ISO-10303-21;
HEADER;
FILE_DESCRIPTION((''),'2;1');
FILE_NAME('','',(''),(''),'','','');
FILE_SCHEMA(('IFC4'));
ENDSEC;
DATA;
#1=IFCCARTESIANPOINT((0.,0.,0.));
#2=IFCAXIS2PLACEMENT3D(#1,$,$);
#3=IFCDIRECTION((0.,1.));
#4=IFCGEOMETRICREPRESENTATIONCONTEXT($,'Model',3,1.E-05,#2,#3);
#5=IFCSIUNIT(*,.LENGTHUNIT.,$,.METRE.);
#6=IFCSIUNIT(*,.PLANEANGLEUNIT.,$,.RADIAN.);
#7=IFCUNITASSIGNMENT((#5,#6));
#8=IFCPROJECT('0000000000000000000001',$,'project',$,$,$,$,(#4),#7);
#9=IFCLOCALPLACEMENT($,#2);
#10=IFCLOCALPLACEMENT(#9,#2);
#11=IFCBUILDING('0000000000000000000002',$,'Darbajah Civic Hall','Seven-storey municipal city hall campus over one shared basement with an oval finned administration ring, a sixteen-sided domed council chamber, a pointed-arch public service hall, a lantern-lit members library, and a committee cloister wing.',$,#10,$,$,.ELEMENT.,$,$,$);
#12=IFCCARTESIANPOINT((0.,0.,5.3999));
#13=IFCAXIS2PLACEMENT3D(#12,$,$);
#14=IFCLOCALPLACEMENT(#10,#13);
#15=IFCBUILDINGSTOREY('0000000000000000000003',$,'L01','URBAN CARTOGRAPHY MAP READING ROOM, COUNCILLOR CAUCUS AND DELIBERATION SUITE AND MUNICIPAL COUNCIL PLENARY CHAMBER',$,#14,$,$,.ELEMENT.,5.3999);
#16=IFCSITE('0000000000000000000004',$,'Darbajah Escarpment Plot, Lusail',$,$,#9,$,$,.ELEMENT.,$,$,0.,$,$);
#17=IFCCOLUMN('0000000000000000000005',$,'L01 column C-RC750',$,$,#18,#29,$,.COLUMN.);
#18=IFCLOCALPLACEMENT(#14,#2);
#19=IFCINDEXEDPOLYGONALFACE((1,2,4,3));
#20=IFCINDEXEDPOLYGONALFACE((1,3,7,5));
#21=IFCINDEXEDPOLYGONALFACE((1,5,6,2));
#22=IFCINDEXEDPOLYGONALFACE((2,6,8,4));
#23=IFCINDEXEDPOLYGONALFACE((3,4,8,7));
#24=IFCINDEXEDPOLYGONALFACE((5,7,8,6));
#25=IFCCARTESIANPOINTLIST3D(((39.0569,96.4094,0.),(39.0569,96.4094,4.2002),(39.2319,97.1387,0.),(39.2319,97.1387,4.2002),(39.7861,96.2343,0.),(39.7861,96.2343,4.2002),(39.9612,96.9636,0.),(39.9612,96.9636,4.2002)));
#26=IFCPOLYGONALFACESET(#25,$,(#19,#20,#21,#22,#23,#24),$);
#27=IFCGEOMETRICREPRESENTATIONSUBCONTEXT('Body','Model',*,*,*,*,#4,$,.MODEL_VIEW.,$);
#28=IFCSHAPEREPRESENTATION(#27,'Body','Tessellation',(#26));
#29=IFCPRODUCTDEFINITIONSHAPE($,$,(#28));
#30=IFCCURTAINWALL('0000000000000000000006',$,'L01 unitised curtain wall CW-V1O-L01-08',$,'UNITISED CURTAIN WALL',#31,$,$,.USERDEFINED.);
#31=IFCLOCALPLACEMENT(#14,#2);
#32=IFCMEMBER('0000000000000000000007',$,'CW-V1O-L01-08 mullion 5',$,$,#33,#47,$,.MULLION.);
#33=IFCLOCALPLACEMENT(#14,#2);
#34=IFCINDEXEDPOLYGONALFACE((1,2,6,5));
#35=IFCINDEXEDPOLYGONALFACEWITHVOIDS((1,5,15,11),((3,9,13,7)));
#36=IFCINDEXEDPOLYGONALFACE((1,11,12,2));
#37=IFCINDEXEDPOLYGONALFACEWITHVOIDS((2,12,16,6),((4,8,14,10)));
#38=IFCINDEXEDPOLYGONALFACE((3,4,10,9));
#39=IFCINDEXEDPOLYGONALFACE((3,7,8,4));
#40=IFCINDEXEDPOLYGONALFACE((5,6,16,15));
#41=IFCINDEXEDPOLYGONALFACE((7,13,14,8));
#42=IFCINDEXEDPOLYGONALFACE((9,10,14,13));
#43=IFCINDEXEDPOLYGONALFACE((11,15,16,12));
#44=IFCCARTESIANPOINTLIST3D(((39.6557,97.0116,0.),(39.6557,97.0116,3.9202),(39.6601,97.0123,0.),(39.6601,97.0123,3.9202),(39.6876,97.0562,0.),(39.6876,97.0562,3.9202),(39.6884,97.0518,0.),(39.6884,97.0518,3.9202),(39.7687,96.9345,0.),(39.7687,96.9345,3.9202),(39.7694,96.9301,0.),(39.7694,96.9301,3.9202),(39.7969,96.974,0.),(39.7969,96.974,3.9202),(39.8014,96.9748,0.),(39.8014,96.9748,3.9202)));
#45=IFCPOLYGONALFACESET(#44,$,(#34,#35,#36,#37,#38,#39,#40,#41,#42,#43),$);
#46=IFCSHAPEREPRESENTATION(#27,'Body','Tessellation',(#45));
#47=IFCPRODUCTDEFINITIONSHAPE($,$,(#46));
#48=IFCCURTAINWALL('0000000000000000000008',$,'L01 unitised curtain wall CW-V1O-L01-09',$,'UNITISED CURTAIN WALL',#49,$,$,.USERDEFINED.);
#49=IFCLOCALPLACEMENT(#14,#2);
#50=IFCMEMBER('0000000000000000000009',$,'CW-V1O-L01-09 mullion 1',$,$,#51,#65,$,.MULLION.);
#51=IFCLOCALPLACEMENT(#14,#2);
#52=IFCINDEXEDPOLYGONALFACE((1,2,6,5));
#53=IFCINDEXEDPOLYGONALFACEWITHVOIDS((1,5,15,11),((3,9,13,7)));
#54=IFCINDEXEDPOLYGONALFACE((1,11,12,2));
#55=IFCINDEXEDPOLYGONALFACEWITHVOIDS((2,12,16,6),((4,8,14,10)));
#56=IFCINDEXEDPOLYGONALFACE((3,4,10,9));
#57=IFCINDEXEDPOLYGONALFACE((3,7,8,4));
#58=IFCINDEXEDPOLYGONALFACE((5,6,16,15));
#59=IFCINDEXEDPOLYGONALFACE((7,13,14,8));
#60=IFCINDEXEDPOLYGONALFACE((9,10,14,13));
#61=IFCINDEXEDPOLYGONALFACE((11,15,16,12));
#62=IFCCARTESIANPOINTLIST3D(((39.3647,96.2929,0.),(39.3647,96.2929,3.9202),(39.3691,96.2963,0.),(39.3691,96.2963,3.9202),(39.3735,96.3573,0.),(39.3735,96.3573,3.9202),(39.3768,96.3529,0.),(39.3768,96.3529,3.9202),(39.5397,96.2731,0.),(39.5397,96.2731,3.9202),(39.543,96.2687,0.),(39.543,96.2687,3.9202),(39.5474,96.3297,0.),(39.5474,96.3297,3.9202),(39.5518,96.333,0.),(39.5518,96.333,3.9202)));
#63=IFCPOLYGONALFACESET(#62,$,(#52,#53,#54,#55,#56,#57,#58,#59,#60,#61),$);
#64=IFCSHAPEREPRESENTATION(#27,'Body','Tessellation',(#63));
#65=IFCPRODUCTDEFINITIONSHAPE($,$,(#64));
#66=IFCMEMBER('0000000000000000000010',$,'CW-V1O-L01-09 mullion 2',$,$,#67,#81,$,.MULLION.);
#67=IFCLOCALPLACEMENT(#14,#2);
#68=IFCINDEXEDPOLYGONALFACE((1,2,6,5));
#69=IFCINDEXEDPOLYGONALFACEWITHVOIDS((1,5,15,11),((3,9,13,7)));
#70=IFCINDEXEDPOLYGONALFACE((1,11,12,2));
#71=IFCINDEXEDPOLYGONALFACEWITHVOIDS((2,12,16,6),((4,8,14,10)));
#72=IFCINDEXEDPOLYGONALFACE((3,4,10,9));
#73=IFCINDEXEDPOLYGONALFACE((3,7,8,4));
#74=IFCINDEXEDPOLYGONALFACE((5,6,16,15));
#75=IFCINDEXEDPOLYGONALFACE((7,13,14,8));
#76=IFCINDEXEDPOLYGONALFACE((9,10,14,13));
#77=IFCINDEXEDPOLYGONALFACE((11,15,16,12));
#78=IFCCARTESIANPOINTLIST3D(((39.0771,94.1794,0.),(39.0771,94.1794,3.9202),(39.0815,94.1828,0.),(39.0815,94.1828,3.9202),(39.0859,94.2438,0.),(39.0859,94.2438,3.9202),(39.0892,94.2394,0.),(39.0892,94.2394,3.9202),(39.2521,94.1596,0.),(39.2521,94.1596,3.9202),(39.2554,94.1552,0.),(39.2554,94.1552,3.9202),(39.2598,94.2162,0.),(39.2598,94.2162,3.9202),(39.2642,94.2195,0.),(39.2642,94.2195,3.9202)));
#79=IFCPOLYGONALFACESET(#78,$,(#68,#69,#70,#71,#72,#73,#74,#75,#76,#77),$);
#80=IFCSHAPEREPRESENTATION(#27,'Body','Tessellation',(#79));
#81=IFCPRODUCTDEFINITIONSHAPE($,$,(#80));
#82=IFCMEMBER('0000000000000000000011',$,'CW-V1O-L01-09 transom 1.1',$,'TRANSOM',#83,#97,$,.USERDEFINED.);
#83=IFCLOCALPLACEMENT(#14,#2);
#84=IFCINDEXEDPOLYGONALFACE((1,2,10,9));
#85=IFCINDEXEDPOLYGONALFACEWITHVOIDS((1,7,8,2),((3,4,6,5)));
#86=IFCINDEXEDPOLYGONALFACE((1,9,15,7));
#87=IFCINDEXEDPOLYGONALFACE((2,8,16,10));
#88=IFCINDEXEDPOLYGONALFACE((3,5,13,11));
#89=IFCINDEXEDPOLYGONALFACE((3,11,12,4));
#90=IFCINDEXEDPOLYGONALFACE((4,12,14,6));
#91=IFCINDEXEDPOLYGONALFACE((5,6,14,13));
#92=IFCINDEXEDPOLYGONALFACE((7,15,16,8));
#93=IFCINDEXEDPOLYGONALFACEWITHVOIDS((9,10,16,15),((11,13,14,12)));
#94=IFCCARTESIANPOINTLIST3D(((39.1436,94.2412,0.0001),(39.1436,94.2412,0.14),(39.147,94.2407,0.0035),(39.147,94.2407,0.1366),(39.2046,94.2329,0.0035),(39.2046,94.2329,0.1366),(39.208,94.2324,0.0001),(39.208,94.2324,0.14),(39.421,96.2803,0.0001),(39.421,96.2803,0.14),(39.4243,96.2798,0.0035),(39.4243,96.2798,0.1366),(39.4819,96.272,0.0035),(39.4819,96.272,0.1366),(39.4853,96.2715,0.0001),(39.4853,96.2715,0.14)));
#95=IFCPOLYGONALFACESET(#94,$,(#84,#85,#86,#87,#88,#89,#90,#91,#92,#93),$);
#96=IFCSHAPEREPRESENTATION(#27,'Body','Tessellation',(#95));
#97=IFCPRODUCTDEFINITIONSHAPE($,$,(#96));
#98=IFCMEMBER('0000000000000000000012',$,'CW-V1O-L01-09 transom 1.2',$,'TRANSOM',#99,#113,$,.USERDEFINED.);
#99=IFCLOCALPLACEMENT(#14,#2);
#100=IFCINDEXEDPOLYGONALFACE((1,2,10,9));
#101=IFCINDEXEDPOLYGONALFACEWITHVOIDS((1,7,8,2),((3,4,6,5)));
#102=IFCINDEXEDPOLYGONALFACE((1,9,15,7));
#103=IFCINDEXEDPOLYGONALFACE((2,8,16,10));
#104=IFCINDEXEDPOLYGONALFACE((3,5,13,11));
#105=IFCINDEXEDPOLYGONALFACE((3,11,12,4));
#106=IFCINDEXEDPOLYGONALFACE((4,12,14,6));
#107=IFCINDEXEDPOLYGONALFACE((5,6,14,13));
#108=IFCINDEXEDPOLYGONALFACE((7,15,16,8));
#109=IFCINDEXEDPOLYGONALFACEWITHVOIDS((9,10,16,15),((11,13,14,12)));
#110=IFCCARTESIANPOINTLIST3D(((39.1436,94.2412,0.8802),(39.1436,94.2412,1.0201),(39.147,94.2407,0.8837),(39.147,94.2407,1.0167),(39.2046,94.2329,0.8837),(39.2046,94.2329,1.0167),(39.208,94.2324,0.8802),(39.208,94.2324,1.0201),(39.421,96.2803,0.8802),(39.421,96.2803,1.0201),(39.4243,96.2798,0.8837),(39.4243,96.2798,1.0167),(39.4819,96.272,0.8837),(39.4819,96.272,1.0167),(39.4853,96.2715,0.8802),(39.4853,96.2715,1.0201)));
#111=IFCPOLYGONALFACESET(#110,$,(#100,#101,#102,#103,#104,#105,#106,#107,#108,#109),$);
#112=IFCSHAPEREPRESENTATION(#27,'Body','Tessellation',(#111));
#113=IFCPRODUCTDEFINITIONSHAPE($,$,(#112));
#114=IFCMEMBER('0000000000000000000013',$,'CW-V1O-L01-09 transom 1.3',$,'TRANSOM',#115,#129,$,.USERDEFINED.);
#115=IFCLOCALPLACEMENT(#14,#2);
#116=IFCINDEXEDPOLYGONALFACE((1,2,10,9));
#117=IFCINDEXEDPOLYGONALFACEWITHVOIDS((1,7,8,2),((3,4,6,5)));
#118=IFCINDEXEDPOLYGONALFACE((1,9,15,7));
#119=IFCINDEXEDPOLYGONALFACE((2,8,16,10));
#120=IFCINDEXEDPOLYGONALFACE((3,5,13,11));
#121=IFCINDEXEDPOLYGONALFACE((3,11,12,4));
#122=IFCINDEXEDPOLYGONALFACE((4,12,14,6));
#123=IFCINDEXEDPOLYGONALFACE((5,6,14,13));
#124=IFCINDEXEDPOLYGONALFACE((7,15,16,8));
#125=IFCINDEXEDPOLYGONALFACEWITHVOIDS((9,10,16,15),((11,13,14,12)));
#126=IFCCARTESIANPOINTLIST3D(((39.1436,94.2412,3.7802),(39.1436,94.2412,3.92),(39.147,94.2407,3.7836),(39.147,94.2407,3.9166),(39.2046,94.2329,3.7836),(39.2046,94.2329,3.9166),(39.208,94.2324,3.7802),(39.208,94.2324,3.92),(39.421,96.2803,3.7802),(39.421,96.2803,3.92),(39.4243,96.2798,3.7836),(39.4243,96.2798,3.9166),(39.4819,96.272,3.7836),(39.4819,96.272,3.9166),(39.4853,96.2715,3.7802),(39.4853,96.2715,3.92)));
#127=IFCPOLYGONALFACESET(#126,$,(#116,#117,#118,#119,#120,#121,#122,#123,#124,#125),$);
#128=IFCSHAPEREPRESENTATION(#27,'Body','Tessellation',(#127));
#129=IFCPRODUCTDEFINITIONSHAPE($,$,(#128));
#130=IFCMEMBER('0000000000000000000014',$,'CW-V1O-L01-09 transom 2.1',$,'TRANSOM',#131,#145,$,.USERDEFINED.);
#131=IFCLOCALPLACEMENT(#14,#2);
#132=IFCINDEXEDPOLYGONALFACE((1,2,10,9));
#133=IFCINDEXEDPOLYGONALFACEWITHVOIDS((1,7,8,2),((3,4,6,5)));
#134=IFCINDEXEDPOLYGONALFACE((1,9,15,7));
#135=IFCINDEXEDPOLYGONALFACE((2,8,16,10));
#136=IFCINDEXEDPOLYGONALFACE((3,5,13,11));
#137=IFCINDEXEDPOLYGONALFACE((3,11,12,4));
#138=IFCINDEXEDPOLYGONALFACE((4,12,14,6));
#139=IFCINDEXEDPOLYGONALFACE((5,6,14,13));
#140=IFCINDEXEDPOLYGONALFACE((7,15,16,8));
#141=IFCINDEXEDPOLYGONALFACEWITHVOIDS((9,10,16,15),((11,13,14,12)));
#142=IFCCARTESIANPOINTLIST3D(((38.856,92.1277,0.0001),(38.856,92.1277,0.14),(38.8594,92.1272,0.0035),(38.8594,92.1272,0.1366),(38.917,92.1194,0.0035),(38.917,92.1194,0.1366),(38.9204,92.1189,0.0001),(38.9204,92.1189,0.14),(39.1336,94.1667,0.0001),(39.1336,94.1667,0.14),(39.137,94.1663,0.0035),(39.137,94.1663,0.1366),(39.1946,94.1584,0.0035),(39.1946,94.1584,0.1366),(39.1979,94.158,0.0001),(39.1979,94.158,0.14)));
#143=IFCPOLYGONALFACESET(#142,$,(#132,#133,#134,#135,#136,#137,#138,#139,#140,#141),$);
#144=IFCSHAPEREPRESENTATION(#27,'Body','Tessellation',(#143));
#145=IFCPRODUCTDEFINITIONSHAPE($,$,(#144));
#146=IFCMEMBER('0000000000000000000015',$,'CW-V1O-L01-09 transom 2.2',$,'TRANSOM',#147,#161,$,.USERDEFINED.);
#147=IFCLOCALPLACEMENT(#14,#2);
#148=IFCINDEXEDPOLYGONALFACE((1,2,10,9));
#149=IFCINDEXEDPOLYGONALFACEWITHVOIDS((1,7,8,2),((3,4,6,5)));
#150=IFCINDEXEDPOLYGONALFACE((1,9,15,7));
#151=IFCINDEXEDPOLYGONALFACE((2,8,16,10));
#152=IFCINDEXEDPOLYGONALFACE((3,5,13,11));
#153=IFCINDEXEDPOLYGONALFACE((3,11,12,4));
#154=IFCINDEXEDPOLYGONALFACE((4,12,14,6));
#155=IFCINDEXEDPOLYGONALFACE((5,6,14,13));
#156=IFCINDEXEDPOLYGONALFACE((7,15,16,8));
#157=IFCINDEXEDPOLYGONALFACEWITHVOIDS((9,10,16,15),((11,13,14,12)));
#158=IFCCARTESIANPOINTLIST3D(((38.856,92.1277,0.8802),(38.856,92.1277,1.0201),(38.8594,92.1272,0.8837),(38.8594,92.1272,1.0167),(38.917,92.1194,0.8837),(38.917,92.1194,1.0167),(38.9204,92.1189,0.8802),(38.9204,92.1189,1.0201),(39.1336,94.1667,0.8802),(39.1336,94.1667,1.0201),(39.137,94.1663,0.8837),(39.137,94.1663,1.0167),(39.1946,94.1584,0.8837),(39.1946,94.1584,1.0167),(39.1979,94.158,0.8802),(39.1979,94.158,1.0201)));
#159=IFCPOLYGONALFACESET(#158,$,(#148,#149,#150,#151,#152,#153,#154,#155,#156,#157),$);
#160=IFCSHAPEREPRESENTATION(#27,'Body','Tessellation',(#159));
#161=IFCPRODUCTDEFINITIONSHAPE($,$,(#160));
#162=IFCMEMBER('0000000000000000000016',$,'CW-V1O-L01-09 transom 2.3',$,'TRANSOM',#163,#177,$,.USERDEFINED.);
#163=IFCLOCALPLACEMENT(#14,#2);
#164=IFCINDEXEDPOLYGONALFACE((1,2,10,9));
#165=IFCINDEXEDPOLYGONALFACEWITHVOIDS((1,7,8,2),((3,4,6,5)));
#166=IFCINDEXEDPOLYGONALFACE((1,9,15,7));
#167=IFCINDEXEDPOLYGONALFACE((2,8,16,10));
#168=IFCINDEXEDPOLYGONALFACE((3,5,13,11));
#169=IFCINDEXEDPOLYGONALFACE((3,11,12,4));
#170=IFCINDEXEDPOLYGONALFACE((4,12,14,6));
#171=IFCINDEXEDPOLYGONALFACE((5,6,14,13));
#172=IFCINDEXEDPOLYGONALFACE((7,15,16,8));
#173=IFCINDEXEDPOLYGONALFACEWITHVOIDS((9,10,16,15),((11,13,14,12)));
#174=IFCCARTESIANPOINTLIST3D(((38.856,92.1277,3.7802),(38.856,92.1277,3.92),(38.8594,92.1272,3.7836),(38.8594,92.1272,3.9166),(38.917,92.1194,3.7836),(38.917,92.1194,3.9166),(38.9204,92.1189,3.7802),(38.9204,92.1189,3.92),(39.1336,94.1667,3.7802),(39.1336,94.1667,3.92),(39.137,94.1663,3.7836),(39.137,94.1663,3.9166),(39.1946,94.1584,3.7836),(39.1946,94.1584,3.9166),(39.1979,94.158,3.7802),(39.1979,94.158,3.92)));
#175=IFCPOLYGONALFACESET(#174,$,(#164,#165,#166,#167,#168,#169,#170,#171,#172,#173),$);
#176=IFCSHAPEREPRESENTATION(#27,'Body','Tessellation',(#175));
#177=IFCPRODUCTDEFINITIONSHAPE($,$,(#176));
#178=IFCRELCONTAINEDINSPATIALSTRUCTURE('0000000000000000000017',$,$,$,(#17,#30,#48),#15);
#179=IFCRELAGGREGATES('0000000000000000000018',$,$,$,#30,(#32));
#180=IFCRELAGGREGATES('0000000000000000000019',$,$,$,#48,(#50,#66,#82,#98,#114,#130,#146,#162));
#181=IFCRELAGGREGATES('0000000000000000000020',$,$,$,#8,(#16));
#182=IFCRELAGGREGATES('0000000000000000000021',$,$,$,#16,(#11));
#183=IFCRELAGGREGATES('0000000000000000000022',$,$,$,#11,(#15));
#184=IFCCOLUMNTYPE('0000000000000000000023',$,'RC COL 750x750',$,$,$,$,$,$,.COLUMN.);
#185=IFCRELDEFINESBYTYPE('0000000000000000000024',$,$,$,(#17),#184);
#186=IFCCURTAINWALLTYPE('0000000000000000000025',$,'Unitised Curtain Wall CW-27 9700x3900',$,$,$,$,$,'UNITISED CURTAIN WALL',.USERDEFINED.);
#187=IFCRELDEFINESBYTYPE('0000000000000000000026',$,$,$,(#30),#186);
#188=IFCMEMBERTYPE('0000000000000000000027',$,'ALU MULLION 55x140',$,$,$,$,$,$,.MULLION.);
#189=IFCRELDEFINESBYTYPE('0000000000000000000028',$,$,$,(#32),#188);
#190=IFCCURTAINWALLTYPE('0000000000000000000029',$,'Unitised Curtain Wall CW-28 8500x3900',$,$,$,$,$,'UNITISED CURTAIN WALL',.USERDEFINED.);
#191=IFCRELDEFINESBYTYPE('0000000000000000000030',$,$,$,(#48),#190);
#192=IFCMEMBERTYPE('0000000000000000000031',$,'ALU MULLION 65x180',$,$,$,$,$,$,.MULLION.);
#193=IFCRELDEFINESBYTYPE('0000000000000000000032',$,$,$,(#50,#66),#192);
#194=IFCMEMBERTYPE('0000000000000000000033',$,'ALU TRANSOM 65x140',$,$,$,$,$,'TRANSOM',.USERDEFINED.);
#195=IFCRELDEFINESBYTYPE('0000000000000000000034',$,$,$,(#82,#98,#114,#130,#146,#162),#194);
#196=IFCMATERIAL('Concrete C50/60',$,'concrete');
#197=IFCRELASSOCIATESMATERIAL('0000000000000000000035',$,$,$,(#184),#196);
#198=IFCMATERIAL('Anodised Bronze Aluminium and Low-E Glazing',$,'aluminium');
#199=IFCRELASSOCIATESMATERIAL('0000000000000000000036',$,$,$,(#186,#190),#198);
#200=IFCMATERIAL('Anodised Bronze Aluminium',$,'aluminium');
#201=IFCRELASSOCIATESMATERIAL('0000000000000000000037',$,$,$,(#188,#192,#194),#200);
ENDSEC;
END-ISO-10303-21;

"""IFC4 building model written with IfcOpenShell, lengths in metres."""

from ifc_helpers import new_model, si_unit, direction, frame, origin, origin_2d, place, context, subcontext, project, spatial, rectangle, hollow_rectangle, extrude, material, material_profile, profile_set, type_object, element, aggregate, save


model = new_model("IFC4")

# Units and contexts
model_context = context("Model", 3, precision=1e-05, world=origin(), true_north=direction((0.0, 1.0)))
body_context = subcontext(model_context, "Body", "Model", "MODEL_VIEW")
ifc_project = project(units=[si_unit("LENGTHUNIT", "METRE"), si_unit("PLANEANGLEUNIT", "RADIAN")], contexts=[model_context])

# Site, building, storey
site_placement = place(None, origin())
site = spatial("IfcSite", under=ifc_project, at=site_placement, Name="Darbajah Escarpment Plot, Lusail", CompositionType="ELEMENT", RefElevation=0.0)
building_placement = place(site_placement, origin())
building = spatial("IfcBuilding", under=site, at=building_placement, Name="Darbajah Civic Hall", Description="Seven-storey municipal city hall campus over one shared basement with an oval finned administration ring, a sixteen-sided domed council chamber, a pointed-arch public service hall, a lantern-lit members library, and a committee cloister wing.", CompositionType="ELEMENT")
storey_placement = place(building_placement, frame((0.0, 0.0, 5.3999)))
storey = spatial("IfcBuildingStorey", under=building, at=storey_placement, Name="L01", Description="URBAN CARTOGRAPHY MAP READING ROOM, COUNCILLOR CAUCUS AND DELIBERATION SUITE AND MUNICIPAL COUNCIL PLENARY CHAMBER", CompositionType="ELEMENT", Elevation=5.3999)

# Column
ifc_material_1 = material(Name="Concrete C50/60", Category="concrete")
ifc_material_profile_1 = material_profile(ifc_material_1, rectangle(XDim=0.75, YDim=0.75, at=origin_2d()), Name="RC COL 750x750")
ifc_profile_set_1 = profile_set([ifc_material_profile_1], Name="Concrete C50/60")
column_type = type_object("IfcColumnType", Name="RC COL 750x750", PredefinedType="COLUMN", material=ifc_profile_set_1)
column_placement = place(storey_placement, frame((39.509, 96.6865, 0.0), z_axis=(0.0, 0.0, 1.0), x_axis=(-0.97237, 0.233445, 0.0)))
element("IfcColumn", 1, at=column_placement, inside=storey, type_object=column_type, Name="L01 column C-RC750", PredefinedType="COLUMN", context=body_context, shape_type="SweptSolid", body=[
    extrude(rectangle(XDim=0.75, YDim=0.75, at=origin_2d()), origin(), (0.0, 0.0, 1.0), 4.2002),
])

# Curtain wall, member
ifc_material_2 = material(Name="Anodised Bronze Aluminium and Low-E Glazing", Category="aluminium")
curtain_wall_type_1 = type_object("IfcCurtainWallType", Name="Unitised Curtain Wall CW-27 9700x3900", ElementType="UNITISED CURTAIN WALL", PredefinedType="USERDEFINED", material=ifc_material_2)
curtain_wall_1_placement = place(storey_placement, origin())
curtain_wall_1 = element("IfcCurtainWall", 2, at=curtain_wall_1_placement, inside=storey, type_object=curtain_wall_type_1, Name="L01 unitised curtain wall CW-V1O-L01-08", ObjectType="UNITISED CURTAIN WALL", PredefinedType="USERDEFINED")
ifc_material_3 = material(Name="Anodised Bronze Aluminium", Category="aluminium")
ifc_material_profile_2 = material_profile(ifc_material_3, hollow_rectangle(XDim=0.0549, YDim=0.1399, WallThickness=0.0032, at=origin_2d()), Name="ALU MULLION 55x140")
ifc_profile_set_2 = profile_set([ifc_material_profile_2], Name="Anodised Bronze Aluminium")
member_type_1 = type_object("IfcMemberType", Name="ALU MULLION 55x140", PredefinedType="MULLION", material=ifc_profile_set_2)
member_1_placement = place(storey_placement, frame((39.7285, 96.9932, 0.0), z_axis=(0.0, 0.0, 1.0), x_axis=(-0.582265, -0.812999, 0.0)))
member_1 = element("IfcMember", 3, at=member_1_placement, type_object=member_type_1, Name="CW-V1O-L01-08 mullion 5", PredefinedType="MULLION", context=body_context, shape_type="SweptSolid", body=[
    extrude(hollow_rectangle(XDim=0.0549, YDim=0.1399, WallThickness=0.0032, at=origin_2d()), origin(), (0.0, 0.0, 1.0), 3.9202),
])
aggregate(curtain_wall_1, [member_1])

# Curtain wall, members
curtain_wall_type_2 = type_object("IfcCurtainWallType", Name="Unitised Curtain Wall CW-28 8500x3900", ElementType="UNITISED CURTAIN WALL", PredefinedType="USERDEFINED", material=ifc_material_2)
curtain_wall_2_placement = place(storey_placement, origin())
curtain_wall_2 = element("IfcCurtainWall", 4, at=curtain_wall_2_placement, inside=storey, type_object=curtain_wall_type_2, Name="L01 unitised curtain wall CW-V1O-L01-09", ObjectType="UNITISED CURTAIN WALL", PredefinedType="USERDEFINED")
ifc_material_profile_3 = material_profile(ifc_material_3, hollow_rectangle(XDim=0.0649, YDim=0.1799, WallThickness=0.0039, at=origin_2d()), Name="ALU MULLION 65x180")
ifc_profile_set_3 = profile_set([ifc_material_profile_3], Name="Anodised Bronze Aluminium")
member_type_2 = type_object("IfcMemberType", Name="ALU MULLION 65x180", PredefinedType="MULLION", material=ifc_profile_set_3)
member_2_placement = place(storey_placement, frame((39.4583, 96.313, 0.0), z_axis=(0.0, 0.0, 1.0), x_axis=(-0.134851, -0.990866, 0.0)))
member_2 = element("IfcMember", 5, at=member_2_placement, type_object=member_type_2, Name="CW-V1O-L01-09 mullion 1", PredefinedType="MULLION", context=body_context, shape_type="SweptSolid", body=[
    extrude(hollow_rectangle(XDim=0.0649, YDim=0.1799, WallThickness=0.0039, at=origin_2d()), origin(), (0.0, 0.0, 1.0), 3.9202),
])
member_3_placement = place(storey_placement, frame((39.1707, 94.1995, 0.0), z_axis=(0.0, 0.0, 1.0), x_axis=(-0.134851, -0.990866, 0.0)))
member_3 = element("IfcMember", 6, at=member_3_placement, type_object=member_type_2, Name="CW-V1O-L01-09 mullion 2", PredefinedType="MULLION", context=body_context, shape_type="SweptSolid", body=[
    extrude(hollow_rectangle(XDim=0.0649, YDim=0.1799, WallThickness=0.0039, at=origin_2d()), origin(), (0.0, 0.0, 1.0), 3.9202),
])
ifc_material_profile_4 = material_profile(ifc_material_3, hollow_rectangle(XDim=0.0649, YDim=0.1399, WallThickness=0.0034, at=origin_2d()), Name="ALU TRANSOM 65x140")
ifc_profile_set_4 = profile_set([ifc_material_profile_4], Name="Anodised Bronze Aluminium")
member_type_3 = type_object("IfcMemberType", Name="ALU TRANSOM 65x140", ElementType="TRANSOM", PredefinedType="USERDEFINED", material=ifc_profile_set_4)
member_4_placement = place(storey_placement, frame((39.4531, 96.2759, 0.0701), z_axis=(-0.134774, -0.990876, 0.0), x_axis=(0.990876, -0.134774, 0.0)))
member_4 = element("IfcMember", 7, at=member_4_placement, type_object=member_type_3, Name="CW-V1O-L01-09 transom 1.1", ObjectType="TRANSOM", PredefinedType="USERDEFINED", context=body_context, shape_type="SweptSolid", body=[
    extrude(hollow_rectangle(XDim=0.0649, YDim=0.1399, WallThickness=0.0034, at=origin_2d()), origin(), (0.0, 0.0, 1.0), 2.0579),
])
member_5_placement = place(storey_placement, frame((39.4531, 96.2759, 0.9502), z_axis=(-0.134774, -0.990876, 0.0), x_axis=(0.990876, -0.134774, 0.0)))
member_5 = element("IfcMember", 8, at=member_5_placement, type_object=member_type_3, Name="CW-V1O-L01-09 transom 1.2", ObjectType="TRANSOM", PredefinedType="USERDEFINED", context=body_context, shape_type="SweptSolid", body=[
    extrude(hollow_rectangle(XDim=0.0649, YDim=0.1399, WallThickness=0.0034, at=origin_2d()), origin(), (0.0, 0.0, 1.0), 2.0579),
])
member_6_placement = place(storey_placement, frame((39.4531, 96.2759, 3.8501), z_axis=(-0.134774, -0.990876, 0.0), x_axis=(0.990876, -0.134774, 0.0)))
member_6 = element("IfcMember", 9, at=member_6_placement, type_object=member_type_3, Name="CW-V1O-L01-09 transom 1.3", ObjectType="TRANSOM", PredefinedType="USERDEFINED", context=body_context, shape_type="SweptSolid", body=[
    extrude(hollow_rectangle(XDim=0.0649, YDim=0.1399, WallThickness=0.0034, at=origin_2d()), origin(), (0.0, 0.0, 1.0), 2.0579),
])
member_7_placement = place(storey_placement, frame((39.1658, 94.1624, 0.0701), z_axis=(-0.134891, -0.99086, 0.0), x_axis=(0.99086, -0.134891, 0.0)))
member_7 = element("IfcMember", 10, at=member_7_placement, type_object=member_type_3, Name="CW-V1O-L01-09 transom 2.1", ObjectType="TRANSOM", PredefinedType="USERDEFINED", context=body_context, shape_type="SweptSolid", body=[
    extrude(hollow_rectangle(XDim=0.0649, YDim=0.1399, WallThickness=0.0034, at=origin_2d()), origin(), (0.0, 0.0, 1.0), 2.0579),
])
member_8_placement = place(storey_placement, frame((39.1658, 94.1624, 0.9502), z_axis=(-0.134891, -0.99086, 0.0), x_axis=(0.99086, -0.134891, 0.0)))
member_8 = element("IfcMember", 11, at=member_8_placement, type_object=member_type_3, Name="CW-V1O-L01-09 transom 2.2", ObjectType="TRANSOM", PredefinedType="USERDEFINED", context=body_context, shape_type="SweptSolid", body=[
    extrude(hollow_rectangle(XDim=0.0649, YDim=0.1399, WallThickness=0.0034, at=origin_2d()), origin(), (0.0, 0.0, 1.0), 2.0579),
])
member_9_placement = place(storey_placement, frame((39.1658, 94.1624, 3.8501), z_axis=(-0.134891, -0.99086, 0.0), x_axis=(0.99086, -0.134891, 0.0)))
member_9 = element("IfcMember", 12, at=member_9_placement, type_object=member_type_3, Name="CW-V1O-L01-09 transom 2.3", ObjectType="TRANSOM", PredefinedType="USERDEFINED", context=body_context, shape_type="SweptSolid", body=[
    extrude(hollow_rectangle(XDim=0.0649, YDim=0.1399, WallThickness=0.0034, at=origin_2d()), origin(), (0.0, 0.0, 1.0), 2.0579),
])

aggregate(curtain_wall_2, [member_2, member_3, member_4, member_5, member_6, member_7, member_8, member_9])

save(model, "model.ifc")
